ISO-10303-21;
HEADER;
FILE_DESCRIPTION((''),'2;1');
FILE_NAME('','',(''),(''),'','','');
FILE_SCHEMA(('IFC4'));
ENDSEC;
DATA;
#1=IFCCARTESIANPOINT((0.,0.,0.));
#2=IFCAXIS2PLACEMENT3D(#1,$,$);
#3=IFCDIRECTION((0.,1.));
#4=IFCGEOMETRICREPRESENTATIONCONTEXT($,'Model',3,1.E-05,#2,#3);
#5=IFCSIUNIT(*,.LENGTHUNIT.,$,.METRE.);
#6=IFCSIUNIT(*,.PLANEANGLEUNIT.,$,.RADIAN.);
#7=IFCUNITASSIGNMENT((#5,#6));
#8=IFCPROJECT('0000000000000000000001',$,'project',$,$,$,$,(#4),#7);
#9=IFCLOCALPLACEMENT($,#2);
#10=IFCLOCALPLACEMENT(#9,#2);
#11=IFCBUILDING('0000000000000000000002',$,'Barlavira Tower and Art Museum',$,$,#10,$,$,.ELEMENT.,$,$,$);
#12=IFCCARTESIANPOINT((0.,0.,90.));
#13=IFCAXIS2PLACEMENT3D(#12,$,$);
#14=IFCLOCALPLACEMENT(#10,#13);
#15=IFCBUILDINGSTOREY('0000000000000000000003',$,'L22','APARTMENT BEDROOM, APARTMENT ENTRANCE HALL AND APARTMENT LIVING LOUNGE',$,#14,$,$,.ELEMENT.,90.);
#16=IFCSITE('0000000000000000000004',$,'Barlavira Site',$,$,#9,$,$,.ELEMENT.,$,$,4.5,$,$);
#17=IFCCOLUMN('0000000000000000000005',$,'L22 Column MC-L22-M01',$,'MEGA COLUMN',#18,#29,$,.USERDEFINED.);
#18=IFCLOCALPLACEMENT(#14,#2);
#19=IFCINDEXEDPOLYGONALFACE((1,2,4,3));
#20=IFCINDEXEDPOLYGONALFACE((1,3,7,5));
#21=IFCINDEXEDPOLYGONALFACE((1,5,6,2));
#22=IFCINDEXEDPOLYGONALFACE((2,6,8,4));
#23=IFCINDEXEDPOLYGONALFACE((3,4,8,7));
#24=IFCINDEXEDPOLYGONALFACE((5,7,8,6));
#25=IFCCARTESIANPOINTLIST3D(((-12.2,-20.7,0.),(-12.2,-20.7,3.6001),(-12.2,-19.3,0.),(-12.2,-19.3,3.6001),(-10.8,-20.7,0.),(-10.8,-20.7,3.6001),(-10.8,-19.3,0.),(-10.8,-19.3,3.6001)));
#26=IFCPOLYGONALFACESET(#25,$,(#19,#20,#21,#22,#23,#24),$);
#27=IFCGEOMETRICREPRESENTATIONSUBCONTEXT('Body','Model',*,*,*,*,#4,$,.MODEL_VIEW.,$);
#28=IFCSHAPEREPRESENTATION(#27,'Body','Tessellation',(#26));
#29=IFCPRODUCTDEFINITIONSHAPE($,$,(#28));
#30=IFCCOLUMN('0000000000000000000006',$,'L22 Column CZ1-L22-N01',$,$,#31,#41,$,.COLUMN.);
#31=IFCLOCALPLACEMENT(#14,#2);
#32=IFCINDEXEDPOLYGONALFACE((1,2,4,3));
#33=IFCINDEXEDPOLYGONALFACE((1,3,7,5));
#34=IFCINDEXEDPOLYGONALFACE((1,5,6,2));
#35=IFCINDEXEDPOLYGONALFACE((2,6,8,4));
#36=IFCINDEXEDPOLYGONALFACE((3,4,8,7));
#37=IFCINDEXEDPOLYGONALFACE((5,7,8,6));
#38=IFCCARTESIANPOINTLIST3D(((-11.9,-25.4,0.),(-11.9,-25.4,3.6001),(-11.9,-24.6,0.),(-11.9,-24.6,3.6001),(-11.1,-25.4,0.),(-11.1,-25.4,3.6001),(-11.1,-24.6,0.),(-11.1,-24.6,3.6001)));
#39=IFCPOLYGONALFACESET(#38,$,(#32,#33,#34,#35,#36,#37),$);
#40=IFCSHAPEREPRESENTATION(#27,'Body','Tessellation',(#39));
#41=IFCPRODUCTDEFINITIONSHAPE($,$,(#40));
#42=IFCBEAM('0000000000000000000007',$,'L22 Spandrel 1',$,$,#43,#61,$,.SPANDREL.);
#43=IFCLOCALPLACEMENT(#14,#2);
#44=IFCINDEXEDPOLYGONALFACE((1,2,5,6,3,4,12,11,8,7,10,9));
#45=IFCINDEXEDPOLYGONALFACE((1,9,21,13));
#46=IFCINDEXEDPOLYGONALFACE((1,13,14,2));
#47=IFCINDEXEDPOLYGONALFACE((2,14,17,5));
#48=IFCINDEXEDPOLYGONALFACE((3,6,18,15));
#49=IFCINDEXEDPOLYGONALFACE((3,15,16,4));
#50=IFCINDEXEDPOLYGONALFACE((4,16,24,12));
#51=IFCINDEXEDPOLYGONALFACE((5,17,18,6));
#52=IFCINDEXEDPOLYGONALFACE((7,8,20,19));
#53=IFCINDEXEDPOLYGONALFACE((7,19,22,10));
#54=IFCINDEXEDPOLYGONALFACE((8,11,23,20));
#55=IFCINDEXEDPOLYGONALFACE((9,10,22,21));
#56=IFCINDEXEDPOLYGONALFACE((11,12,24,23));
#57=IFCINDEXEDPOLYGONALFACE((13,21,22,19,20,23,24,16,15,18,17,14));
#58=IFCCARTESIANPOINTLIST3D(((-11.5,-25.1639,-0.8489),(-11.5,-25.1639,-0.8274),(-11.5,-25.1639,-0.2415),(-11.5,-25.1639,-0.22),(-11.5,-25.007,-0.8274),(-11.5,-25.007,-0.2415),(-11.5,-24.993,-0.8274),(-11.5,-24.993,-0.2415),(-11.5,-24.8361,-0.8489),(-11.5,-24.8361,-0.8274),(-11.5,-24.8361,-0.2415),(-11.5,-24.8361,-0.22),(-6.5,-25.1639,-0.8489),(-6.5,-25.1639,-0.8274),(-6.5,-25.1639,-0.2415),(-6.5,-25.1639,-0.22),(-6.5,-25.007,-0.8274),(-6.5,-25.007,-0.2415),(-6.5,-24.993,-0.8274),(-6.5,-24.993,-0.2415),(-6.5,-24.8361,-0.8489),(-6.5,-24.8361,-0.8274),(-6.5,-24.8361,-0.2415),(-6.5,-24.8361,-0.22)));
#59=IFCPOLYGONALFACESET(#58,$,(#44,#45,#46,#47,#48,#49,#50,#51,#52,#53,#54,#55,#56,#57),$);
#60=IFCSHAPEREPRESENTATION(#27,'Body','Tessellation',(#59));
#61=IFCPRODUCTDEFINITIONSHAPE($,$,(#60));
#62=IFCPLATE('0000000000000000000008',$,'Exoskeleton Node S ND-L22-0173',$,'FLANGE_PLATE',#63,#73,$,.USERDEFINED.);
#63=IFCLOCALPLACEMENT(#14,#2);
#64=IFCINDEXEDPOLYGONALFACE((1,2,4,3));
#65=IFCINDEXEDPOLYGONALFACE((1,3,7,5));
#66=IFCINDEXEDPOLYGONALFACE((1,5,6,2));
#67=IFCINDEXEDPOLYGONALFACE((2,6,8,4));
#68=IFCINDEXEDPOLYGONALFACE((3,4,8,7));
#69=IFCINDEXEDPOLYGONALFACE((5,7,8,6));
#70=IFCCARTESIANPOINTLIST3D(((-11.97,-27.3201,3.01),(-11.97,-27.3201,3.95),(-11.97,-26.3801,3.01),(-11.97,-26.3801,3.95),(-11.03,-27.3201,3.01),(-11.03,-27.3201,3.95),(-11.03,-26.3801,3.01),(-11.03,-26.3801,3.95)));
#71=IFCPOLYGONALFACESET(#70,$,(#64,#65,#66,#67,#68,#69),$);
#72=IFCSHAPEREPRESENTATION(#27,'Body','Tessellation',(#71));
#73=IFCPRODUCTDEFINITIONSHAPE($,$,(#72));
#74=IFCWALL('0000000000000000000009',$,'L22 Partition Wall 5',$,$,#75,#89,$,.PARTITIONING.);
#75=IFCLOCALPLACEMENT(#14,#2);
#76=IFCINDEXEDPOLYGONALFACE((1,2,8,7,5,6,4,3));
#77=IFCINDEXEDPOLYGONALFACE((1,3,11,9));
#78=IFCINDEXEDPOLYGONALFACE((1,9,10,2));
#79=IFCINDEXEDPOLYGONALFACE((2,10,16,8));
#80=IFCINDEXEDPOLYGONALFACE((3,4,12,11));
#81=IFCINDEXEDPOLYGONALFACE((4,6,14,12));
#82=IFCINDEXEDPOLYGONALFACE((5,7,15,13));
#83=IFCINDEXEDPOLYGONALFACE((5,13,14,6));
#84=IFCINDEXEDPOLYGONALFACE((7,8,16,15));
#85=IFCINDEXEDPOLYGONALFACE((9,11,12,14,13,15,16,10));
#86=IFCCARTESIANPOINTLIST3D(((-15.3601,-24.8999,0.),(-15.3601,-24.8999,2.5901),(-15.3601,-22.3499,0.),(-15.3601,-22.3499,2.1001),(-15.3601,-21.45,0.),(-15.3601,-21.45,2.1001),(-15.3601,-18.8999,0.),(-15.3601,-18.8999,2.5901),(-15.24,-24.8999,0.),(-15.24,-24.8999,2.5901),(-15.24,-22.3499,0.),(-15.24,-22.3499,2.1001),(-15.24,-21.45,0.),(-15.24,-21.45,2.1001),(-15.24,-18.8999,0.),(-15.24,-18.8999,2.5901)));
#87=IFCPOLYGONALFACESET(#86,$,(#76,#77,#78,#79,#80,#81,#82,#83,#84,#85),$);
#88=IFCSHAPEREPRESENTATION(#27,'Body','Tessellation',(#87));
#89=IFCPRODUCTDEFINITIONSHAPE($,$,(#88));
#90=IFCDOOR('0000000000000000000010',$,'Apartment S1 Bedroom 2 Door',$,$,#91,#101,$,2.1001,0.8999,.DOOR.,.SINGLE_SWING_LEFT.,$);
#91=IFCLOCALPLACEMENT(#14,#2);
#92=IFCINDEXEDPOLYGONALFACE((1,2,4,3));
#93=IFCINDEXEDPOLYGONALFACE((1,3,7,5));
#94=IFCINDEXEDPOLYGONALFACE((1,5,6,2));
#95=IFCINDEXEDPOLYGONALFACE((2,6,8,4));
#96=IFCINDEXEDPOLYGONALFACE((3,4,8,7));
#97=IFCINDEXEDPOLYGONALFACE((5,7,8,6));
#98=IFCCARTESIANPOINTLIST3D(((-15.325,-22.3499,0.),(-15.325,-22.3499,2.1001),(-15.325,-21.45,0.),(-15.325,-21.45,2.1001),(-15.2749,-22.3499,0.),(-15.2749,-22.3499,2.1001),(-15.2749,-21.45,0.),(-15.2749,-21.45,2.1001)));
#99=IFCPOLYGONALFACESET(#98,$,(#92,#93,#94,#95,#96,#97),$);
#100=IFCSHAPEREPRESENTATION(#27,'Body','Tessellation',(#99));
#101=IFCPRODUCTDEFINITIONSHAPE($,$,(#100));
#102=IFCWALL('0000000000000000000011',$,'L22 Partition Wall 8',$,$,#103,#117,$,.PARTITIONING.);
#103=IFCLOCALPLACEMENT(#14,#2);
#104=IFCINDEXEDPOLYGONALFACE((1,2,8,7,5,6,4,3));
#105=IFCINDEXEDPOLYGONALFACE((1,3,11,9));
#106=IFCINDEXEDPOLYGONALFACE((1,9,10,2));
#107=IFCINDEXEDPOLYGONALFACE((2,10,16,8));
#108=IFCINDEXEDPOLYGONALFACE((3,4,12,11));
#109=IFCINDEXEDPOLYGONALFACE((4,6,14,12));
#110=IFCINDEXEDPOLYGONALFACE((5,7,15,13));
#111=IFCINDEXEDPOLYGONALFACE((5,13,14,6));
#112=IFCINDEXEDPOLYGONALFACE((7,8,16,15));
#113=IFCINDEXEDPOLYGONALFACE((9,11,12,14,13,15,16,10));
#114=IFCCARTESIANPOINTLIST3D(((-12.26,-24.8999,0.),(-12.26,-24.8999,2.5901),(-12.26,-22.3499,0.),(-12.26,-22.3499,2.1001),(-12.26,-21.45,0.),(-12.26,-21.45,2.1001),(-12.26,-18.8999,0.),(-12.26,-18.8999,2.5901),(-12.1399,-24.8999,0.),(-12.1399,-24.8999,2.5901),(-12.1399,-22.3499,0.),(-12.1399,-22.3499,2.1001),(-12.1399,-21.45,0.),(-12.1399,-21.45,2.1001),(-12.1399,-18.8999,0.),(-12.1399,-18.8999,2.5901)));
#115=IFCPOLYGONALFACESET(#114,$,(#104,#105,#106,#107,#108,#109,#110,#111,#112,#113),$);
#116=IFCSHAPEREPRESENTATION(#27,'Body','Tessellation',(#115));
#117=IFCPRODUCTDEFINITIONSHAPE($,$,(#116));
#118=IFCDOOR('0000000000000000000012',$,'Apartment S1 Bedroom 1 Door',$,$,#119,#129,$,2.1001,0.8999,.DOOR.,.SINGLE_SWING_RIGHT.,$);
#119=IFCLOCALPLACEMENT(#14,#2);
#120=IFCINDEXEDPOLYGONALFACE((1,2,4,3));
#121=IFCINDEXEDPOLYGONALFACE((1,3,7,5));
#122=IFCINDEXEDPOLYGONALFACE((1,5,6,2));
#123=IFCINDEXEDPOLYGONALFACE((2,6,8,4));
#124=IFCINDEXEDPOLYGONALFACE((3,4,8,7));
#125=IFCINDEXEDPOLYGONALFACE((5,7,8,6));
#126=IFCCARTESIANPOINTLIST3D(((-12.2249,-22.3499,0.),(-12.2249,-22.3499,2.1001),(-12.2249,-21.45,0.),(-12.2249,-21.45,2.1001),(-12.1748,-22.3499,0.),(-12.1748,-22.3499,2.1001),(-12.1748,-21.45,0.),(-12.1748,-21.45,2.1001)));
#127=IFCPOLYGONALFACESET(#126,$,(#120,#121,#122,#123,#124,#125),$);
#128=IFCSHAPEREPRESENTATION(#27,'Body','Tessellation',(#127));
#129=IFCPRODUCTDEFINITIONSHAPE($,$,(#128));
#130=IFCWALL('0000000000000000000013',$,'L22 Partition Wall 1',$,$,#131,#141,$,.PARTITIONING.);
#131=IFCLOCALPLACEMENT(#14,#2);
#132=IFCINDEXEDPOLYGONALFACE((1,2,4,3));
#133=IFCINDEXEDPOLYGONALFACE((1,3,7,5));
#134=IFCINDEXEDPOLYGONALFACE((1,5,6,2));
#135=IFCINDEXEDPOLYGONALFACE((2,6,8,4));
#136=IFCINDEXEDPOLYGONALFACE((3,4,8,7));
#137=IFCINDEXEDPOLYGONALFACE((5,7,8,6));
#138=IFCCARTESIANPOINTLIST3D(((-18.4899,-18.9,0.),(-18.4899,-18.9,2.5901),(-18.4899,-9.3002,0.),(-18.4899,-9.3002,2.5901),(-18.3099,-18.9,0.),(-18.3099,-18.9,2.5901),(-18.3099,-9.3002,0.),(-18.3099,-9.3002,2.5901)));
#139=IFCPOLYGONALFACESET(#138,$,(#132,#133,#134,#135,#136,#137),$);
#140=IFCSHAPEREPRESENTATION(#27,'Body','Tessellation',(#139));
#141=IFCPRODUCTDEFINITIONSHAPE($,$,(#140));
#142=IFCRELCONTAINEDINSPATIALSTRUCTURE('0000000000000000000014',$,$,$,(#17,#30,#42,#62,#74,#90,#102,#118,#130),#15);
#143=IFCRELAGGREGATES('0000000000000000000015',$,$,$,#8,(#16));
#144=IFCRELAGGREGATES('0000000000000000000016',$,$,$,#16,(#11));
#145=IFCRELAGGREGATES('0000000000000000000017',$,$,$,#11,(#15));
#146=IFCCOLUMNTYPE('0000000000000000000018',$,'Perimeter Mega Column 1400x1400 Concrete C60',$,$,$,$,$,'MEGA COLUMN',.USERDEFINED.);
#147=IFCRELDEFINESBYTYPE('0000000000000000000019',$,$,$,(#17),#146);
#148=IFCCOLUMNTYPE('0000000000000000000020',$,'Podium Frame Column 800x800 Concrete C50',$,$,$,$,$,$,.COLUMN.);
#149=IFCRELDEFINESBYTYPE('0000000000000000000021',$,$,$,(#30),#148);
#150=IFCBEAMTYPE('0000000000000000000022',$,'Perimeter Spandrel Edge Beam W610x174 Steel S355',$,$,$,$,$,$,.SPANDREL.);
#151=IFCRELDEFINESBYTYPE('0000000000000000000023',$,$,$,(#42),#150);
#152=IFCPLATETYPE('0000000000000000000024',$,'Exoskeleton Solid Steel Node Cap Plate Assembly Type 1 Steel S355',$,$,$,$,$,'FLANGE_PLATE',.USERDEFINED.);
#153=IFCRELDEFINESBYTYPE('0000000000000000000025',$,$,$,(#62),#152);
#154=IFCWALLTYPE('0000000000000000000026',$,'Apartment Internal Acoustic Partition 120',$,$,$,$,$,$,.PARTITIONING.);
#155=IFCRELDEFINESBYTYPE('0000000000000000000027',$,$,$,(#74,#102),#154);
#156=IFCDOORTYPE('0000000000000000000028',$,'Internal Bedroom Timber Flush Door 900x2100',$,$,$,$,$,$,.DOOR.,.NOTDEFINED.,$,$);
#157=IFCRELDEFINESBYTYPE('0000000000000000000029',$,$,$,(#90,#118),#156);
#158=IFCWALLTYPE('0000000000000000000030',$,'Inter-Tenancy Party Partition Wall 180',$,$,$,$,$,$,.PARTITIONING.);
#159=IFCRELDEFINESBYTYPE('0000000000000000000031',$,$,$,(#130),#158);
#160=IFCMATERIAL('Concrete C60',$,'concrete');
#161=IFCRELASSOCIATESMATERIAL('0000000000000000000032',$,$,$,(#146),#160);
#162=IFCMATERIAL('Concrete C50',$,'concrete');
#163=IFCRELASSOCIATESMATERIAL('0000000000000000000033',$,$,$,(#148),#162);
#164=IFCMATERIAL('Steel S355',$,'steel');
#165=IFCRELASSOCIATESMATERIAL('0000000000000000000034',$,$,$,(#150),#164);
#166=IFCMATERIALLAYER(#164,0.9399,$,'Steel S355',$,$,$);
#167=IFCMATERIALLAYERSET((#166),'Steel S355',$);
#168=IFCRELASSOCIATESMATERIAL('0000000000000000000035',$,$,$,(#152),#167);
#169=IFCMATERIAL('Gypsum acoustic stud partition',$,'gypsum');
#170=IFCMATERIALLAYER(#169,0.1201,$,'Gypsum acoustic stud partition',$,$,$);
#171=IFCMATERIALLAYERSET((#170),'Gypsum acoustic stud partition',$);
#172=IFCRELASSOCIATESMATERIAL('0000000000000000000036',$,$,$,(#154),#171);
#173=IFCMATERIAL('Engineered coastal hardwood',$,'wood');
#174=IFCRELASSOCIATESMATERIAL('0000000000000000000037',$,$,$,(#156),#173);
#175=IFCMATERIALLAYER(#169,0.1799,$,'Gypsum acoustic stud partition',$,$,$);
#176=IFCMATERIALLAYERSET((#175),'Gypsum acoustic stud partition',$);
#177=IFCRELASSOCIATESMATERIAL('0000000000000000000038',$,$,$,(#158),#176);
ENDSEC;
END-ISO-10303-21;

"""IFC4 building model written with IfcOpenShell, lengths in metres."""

from ifc_helpers import new_model, si_unit, direction, frame, frame_2d, origin, origin_2d, place, context, subcontext, project, spatial, rectangle, i_section, extrude, material, layer, layer_set, material_profile, profile_set, type_object, element, fill, save


model = new_model("IFC4")

# Units and contexts
model_context = context("Model", 3, precision=1e-05, world=origin(), true_north=direction((0.0, 1.0)))
body_context = subcontext(model_context, "Body", "Model", "MODEL_VIEW")
ifc_project = project(units=[si_unit("LENGTHUNIT", "METRE"), si_unit("PLANEANGLEUNIT", "RADIAN")], contexts=[model_context])

# Site, building, storey
site_placement = place(None, origin())
site = spatial("IfcSite", under=ifc_project, at=site_placement, Name="Barlavira Site", CompositionType="ELEMENT", RefElevation=4.5)
building_placement = place(site_placement, origin())
building = spatial("IfcBuilding", under=site, at=building_placement, Name="Barlavira Tower and Art Museum", CompositionType="ELEMENT")
storey_placement = place(building_placement, frame((0.0, 0.0, 90.0)))
storey = spatial("IfcBuildingStorey", under=building, at=storey_placement, Name="L22", Description="APARTMENT BEDROOM, APARTMENT ENTRANCE HALL AND APARTMENT LIVING LOUNGE", CompositionType="ELEMENT", Elevation=90.0)

# Columns
ifc_material_1 = material(Name="Concrete C60", Category="concrete")
ifc_material_profile_1 = material_profile(ifc_material_1, rectangle(XDim=1.3999, YDim=1.3999, at=origin_2d()), Name="RC-MCOL 1400x1400")
ifc_profile_set_1 = profile_set([ifc_material_profile_1], Name="Concrete C60")
column_type_1 = type_object("IfcColumnType", Name="Perimeter Mega Column 1400x1400 Concrete C60", ElementType="MEGA COLUMN", PredefinedType="USERDEFINED", material=ifc_profile_set_1)
column_1_placement = place(storey_placement, frame((-11.5, -20.0, 0.0), z_axis=(0.0, 0.0, 1.0), x_axis=(1.0, 0.0, 0.0)))
element("IfcColumn", 1, at=column_1_placement, inside=storey, type_object=column_type_1, Name="L22 Column MC-L22-M01", ObjectType="MEGA COLUMN", PredefinedType="USERDEFINED", context=body_context, shape_type="SweptSolid", body=[
    extrude(rectangle(XDim=1.3999, YDim=1.3999, at=origin_2d()), origin(), (0.0, 0.0, 1.0), 3.6001),
])
ifc_material_2 = material(Name="Concrete C50", Category="concrete")
ifc_material_profile_2 = material_profile(ifc_material_2, rectangle(XDim=0.8, YDim=0.8, at=origin_2d()), Name="RC-COL 800x800")
ifc_profile_set_2 = profile_set([ifc_material_profile_2], Name="Concrete C50")
column_type_2 = type_object("IfcColumnType", Name="Podium Frame Column 800x800 Concrete C50", PredefinedType="COLUMN", material=ifc_profile_set_2)
column_2_placement = place(storey_placement, frame((-11.5, -25.0, 0.0), z_axis=(0.0, 0.0, 1.0), x_axis=(1.0, 0.0, 0.0)))
element("IfcColumn", 2, at=column_2_placement, inside=storey, type_object=column_type_2, Name="L22 Column CZ1-L22-N01", PredefinedType="COLUMN", context=body_context, shape_type="SweptSolid", body=[
    extrude(rectangle(XDim=0.8, YDim=0.8, at=origin_2d()), origin(), (0.0, 0.0, 1.0), 3.6001),
])

# Beam
ifc_material_3 = material(Name="Steel S355", Category="steel")
ifc_material_profile_3 = material_profile(ifc_material_3, i_section(OverallWidth=0.3279, OverallDepth=0.6289, WebThickness=0.0139, FlangeThickness=0.0215, at=origin_2d()), Name="W610x174.0")
ifc_profile_set_3 = profile_set([ifc_material_profile_3], Name="Steel S355")
beam_type = type_object("IfcBeamType", Name="Perimeter Spandrel Edge Beam W610x174 Steel S355", PredefinedType="SPANDREL", material=ifc_profile_set_3)
beam_placement = place(storey_placement, frame((-11.5, -25.0, -0.5344), z_axis=(1.0, 0.0, 0.0), x_axis=(0.0, 1.0, 0.0)))
element("IfcBeam", 3, at=beam_placement, inside=storey, type_object=beam_type, Name="L22 Spandrel 1", PredefinedType="SPANDREL", context=body_context, shape_type="SweptSolid", body=[
    extrude(i_section(OverallWidth=0.3279, OverallDepth=0.6289, WebThickness=0.0139, FlangeThickness=0.0215, at=origin_2d()), origin(), (0.0, 0.0, 1.0), 5.0),
])

# Plate
ifc_layer_1 = layer(ifc_material_3, 0.9399, Name="Steel S355")
ifc_layer_set_1 = layer_set([ifc_layer_1], Name="Steel S355")
plate_type = type_object("IfcPlateType", Name="Exoskeleton Solid Steel Node Cap Plate Assembly Type 1 Steel S355", ElementType="FLANGE_PLATE", PredefinedType="USERDEFINED", material=ifc_layer_set_1)
plate_placement = place(storey_placement, frame((-11.5, -26.8501, 3.01), z_axis=(0.0, 0.0, 1.0), x_axis=(1.0, 0.0, 0.0)))
element("IfcPlate", 4, at=plate_placement, inside=storey, type_object=plate_type, Name="Exoskeleton Node S ND-L22-0173", ObjectType="FLANGE_PLATE", PredefinedType="USERDEFINED", context=body_context, shape_type="SweptSolid", body=[
    extrude(rectangle(XDim=0.9399, YDim=0.9399, at=origin_2d()), origin(), (0.0, 0.0, 1.0), 0.9399),
])

# Walls, openings, doors
ifc_material_4 = material(Name="Gypsum acoustic stud partition", Category="gypsum")
ifc_layer_2 = layer(ifc_material_4, 0.1201, Name="Gypsum acoustic stud partition")
ifc_layer_set_2 = layer_set([ifc_layer_2], Name="Gypsum acoustic stud partition")
wall_type_1 = type_object("IfcWallType", Name="Apartment Internal Acoustic Partition 120", PredefinedType="PARTITIONING", material=ifc_layer_set_2)
wall_1_placement = place(storey_placement, frame((-15.3, -24.8999, 0.0), z_axis=(0.0, 0.0, 1.0), x_axis=(0.0, 1.0, 0.0)))
wall_1 = element("IfcWall", 5, at=wall_1_placement, inside=storey, type_object=wall_type_1, Name="L22 Partition Wall 5", PredefinedType="PARTITIONING", context=body_context, shape_type="SweptSolid", body=[
    extrude(rectangle(XDim=6.0, YDim=0.1201, at=frame_2d((3.0, 0.0))), origin(), (0.0, 0.0, 1.0), 2.5901),
])
opening_1_placement = place(wall_1_placement, frame((2.55, 0.0, 0.0)))
opening_1 = element("IfcOpeningElement", 6, at=opening_1_placement, cuts=wall_1, PredefinedType="OPENING", context=body_context, shape_type="SweptSolid", body=[
    extrude(rectangle(XDim=0.8999, YDim=2.1001, at=frame_2d((0.45, 1.05))), frame((0.0, 0.0701, 0.0), z_axis=(0.0, -1.0, 0.0), x_axis=(1.0, 0.0, 0.0)), (0.0, 0.0, 1.0), 0.1401),
])
ifc_material_5 = material(Name="Engineered coastal hardwood", Category="wood")
door_type_1 = type_object("IfcDoorType", Name="Internal Bedroom Timber Flush Door 900x2100", OperationType="NOTDEFINED", PredefinedType="DOOR", material=ifc_material_5)
door_1_placement = place(opening_1_placement, origin())
door_1 = element("IfcDoor", 7, at=door_1_placement, inside=storey, type_object=door_type_1, Name="Apartment S1 Bedroom 2 Door", OperationType="SINGLE_SWING_LEFT", OverallHeight=2.1001, OverallWidth=0.8999, PredefinedType="DOOR", context=body_context, shape_type="SweptSolid", body=[
    extrude(rectangle(XDim=0.8999, YDim=2.1001, at=frame_2d((0.45, 1.05))), frame((0.0, 0.0249, 0.0), z_axis=(0.0, -1.0, 0.0), x_axis=(1.0, 0.0, 0.0)), (0.0, 0.0, 1.0), 0.05),
])
fill(opening_1, door_1)
wall_2_placement = place(storey_placement, frame((-12.2, -24.8999, 0.0), z_axis=(0.0, 0.0, 1.0), x_axis=(0.0, 1.0, 0.0)))
wall_2 = element("IfcWall", 8, at=wall_2_placement, inside=storey, type_object=wall_type_1, Name="L22 Partition Wall 8", PredefinedType="PARTITIONING", context=body_context, shape_type="SweptSolid", body=[
    extrude(rectangle(XDim=6.0, YDim=0.1201, at=frame_2d((3.0, 0.0))), origin(), (0.0, 0.0, 1.0), 2.5901),
])
opening_2_placement = place(wall_2_placement, frame((2.55, 0.0, 0.0)))
opening_2 = element("IfcOpeningElement", 9, at=opening_2_placement, cuts=wall_2, PredefinedType="OPENING", context=body_context, shape_type="SweptSolid", body=[
    extrude(rectangle(XDim=0.8999, YDim=2.1001, at=frame_2d((0.45, 1.05))), frame((0.0, 0.0701, 0.0), z_axis=(0.0, -1.0, 0.0), x_axis=(1.0, 0.0, 0.0)), (0.0, 0.0, 1.0), 0.1401),
])
door_2_placement = place(opening_2_placement, origin())
door_2 = element("IfcDoor", 10, at=door_2_placement, inside=storey, type_object=door_type_1, Name="Apartment S1 Bedroom 1 Door", OperationType="SINGLE_SWING_RIGHT", OverallHeight=2.1001, OverallWidth=0.8999, PredefinedType="DOOR", context=body_context, shape_type="SweptSolid", body=[
    extrude(rectangle(XDim=0.8999, YDim=2.1001, at=frame_2d((0.45, 1.05))), frame((0.0, 0.0249, 0.0), z_axis=(0.0, -1.0, 0.0), x_axis=(1.0, 0.0, 0.0)), (0.0, 0.0, 1.0), 0.05),
])
fill(opening_2, door_2)

# Wall
ifc_layer_3 = layer(ifc_material_4, 0.1799, Name="Gypsum acoustic stud partition")
ifc_layer_set_3 = layer_set([ifc_layer_3], Name="Gypsum acoustic stud partition")
wall_type_2 = type_object("IfcWallType", Name="Inter-Tenancy Party Partition Wall 180", PredefinedType="PARTITIONING", material=ifc_layer_set_3)
wall_3_placement = place(storey_placement, frame((-18.3999, -18.8999, 0.0), z_axis=(0.0, 0.0, 1.0), x_axis=(0.0, 1.0, 0.0)))
element("IfcWall", 11, at=wall_3_placement, inside=storey, type_object=wall_type_2, Name="L22 Partition Wall 1", PredefinedType="PARTITIONING", context=body_context, shape_type="SweptSolid", body=[
    extrude(rectangle(XDim=9.5999, YDim=0.1799, at=frame_2d((4.7998, 0.0))), origin(), (0.0, 0.0, 1.0), 2.5901),
])

save(model, "model.ifc")
